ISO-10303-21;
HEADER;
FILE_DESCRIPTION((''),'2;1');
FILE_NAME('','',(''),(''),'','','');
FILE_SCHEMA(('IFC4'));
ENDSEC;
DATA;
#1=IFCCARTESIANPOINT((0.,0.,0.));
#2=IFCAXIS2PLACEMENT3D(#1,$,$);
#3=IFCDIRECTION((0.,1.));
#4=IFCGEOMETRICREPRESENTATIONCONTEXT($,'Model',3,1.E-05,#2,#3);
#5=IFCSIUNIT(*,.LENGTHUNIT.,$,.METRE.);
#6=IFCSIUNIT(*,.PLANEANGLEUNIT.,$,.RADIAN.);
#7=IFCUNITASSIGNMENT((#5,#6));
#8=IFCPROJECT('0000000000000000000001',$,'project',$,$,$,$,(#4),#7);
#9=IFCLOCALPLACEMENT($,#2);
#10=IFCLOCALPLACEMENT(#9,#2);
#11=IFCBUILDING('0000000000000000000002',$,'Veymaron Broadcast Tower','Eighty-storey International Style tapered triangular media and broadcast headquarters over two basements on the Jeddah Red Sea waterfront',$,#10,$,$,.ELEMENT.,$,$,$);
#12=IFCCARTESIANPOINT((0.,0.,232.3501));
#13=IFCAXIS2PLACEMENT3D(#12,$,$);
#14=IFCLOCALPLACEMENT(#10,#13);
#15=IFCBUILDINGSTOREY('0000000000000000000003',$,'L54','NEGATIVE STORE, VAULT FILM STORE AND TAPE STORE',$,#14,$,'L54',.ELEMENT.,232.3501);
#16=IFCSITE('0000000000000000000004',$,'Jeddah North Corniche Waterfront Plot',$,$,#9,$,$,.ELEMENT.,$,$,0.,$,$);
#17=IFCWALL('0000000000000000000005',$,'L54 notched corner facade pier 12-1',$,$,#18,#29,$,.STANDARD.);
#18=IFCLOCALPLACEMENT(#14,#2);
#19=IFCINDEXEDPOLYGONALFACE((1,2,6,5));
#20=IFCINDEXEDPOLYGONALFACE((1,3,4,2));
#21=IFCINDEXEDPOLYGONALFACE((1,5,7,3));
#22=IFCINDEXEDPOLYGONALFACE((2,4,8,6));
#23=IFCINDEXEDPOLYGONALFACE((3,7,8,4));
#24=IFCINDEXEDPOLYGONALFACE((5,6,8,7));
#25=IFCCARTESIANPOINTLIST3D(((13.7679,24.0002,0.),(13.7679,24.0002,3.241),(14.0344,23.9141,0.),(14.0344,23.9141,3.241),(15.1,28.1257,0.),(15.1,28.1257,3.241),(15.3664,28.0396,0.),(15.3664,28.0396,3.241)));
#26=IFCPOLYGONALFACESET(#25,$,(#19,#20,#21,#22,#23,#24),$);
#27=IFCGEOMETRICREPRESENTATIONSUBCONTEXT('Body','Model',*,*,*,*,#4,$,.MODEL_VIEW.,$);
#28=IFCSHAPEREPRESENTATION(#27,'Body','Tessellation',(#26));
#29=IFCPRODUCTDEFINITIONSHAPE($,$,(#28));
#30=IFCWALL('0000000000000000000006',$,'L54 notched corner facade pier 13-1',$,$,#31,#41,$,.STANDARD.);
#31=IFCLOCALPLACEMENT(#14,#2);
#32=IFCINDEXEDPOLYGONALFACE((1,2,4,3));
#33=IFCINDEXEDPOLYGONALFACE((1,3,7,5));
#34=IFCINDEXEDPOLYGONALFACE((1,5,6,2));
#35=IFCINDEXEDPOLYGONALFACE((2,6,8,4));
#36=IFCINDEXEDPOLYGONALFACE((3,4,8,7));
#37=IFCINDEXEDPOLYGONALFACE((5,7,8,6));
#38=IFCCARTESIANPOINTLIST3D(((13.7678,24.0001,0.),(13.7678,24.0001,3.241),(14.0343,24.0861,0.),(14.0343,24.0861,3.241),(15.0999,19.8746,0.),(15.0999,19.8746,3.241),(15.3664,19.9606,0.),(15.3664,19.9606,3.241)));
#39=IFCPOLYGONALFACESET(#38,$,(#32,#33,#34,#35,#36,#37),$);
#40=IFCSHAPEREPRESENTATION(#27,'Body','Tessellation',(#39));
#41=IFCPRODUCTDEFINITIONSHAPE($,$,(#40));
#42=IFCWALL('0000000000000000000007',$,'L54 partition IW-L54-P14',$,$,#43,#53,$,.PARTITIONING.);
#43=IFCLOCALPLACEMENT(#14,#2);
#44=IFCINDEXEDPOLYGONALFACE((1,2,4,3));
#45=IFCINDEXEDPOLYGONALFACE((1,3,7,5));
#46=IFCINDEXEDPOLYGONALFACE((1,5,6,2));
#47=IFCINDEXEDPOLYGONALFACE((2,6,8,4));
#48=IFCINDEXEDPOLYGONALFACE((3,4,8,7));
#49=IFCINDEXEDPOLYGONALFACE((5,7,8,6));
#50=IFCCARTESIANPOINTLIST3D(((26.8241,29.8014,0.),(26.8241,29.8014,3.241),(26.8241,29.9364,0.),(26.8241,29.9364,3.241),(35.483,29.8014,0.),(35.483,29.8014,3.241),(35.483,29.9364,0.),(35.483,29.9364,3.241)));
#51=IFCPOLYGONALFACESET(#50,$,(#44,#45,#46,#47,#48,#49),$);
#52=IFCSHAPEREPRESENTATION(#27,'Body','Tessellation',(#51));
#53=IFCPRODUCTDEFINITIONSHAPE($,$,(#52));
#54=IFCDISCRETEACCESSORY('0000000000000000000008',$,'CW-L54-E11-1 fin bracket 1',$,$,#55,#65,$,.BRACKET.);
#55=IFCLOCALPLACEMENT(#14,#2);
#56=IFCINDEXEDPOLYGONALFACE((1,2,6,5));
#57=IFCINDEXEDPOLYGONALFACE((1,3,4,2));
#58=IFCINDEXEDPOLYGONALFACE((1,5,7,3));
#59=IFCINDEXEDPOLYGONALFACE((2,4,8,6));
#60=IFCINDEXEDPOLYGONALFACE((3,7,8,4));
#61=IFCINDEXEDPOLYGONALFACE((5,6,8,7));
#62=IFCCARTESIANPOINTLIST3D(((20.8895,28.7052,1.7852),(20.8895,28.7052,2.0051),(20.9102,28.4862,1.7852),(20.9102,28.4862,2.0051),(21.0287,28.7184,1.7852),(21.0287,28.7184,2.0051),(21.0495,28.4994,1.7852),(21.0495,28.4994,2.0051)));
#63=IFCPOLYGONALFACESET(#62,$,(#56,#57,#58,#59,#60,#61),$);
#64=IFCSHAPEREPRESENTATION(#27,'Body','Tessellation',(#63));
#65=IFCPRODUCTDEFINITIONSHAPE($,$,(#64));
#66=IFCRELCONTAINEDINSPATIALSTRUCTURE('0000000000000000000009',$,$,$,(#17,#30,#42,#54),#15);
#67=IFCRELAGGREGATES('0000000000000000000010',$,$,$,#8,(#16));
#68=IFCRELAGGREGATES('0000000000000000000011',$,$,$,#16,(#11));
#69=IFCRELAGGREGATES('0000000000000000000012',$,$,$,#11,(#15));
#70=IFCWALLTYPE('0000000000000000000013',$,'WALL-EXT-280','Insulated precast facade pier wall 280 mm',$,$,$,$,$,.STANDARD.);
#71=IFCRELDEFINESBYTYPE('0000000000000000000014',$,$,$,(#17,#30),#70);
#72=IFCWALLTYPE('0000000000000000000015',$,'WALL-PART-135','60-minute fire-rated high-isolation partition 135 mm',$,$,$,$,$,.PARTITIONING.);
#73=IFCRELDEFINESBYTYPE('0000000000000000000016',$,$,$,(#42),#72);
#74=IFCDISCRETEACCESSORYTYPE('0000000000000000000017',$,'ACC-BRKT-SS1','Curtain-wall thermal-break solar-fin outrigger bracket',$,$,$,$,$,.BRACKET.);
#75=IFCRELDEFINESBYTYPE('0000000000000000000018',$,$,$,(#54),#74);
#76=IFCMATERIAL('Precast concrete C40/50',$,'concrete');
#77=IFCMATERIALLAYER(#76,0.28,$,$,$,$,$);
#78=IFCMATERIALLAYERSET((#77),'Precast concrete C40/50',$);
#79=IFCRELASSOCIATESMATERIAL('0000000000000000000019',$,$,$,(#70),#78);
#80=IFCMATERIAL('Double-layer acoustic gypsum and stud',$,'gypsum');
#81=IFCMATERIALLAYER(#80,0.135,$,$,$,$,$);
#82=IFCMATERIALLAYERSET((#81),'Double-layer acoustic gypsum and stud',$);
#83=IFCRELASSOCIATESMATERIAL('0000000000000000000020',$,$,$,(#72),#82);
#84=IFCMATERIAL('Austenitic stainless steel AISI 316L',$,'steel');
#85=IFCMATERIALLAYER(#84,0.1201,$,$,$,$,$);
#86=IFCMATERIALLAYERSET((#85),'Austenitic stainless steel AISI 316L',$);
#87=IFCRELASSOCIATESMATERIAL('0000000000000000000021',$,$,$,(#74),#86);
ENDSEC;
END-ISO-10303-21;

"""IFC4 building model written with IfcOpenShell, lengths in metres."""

from ifc_helpers import new_model, si_unit, direction, frame, frame_2d, origin, origin_2d, place, context, subcontext, project, spatial, rectangle, extrude, material, layer, layer_set, type_object, element, save


model = new_model("IFC4")

# Units and contexts
model_context = context("Model", 3, precision=1e-05, world=origin(), true_north=direction((0.0, 1.0)))
body_context = subcontext(model_context, "Body", "Model", "MODEL_VIEW")
ifc_project = project(units=[si_unit("LENGTHUNIT", "METRE"), si_unit("PLANEANGLEUNIT", "RADIAN")], contexts=[model_context])

# Site, building, storey
site_placement = place(None, origin())
site = spatial("IfcSite", under=ifc_project, at=site_placement, Name="Jeddah North Corniche Waterfront Plot", CompositionType="ELEMENT", RefElevation=0.0)
building_placement = place(site_placement, origin())
building = spatial("IfcBuilding", under=site, at=building_placement, Name="Veymaron Broadcast Tower", Description="Eighty-storey International Style tapered triangular media and broadcast headquarters over two basements on the Jeddah Red Sea waterfront", CompositionType="ELEMENT")
storey_placement = place(building_placement, frame((0.0, 0.0, 232.3501)))
storey = spatial("IfcBuildingStorey", under=building, at=storey_placement, Name="L54", Description="NEGATIVE STORE, VAULT FILM STORE AND TAPE STORE", LongName="L54", CompositionType="ELEMENT", Elevation=232.3501)

# Walls
ifc_material_1 = material(Name="Precast concrete C40/50", Category="concrete")
ifc_layer_1 = layer(ifc_material_1, 0.28)
ifc_layer_set_1 = layer_set([ifc_layer_1], Name="Precast concrete C40/50")
wall_type_1 = type_object("IfcWallType", Name="WALL-EXT-280", Description="Insulated precast facade pier wall 280 mm", PredefinedType="STANDARD", material=ifc_layer_set_1)
for number, where, z_axis, x_axis, name in (
    (1, (15.2332, 28.0825, 0.0), (0.0, 0.0, 1.0), (-0.307259, -0.951626, 0.0), "L54 notched corner facade pier 12-1"),
    (2, (13.9011, 24.043, 0.0), (0.0, 0.0, 1.0), (0.307259, -0.951626, 0.0), "L54 notched corner facade pier 13-1"),
):
    element("IfcWall", number, at=place(storey_placement, frame(where, z_axis=z_axis, x_axis=x_axis)), inside=storey, type_object=wall_type_1, Name=name, PredefinedType="STANDARD", context=body_context, shape_type="SweptSolid", body=[
        extrude(rectangle(XDim=4.3352, YDim=0.28, at=frame_2d((2.1675, 0.0))), origin(), (0.0, 0.0, 1.0), 3.241),
    ])
ifc_material_2 = material(Name="Double-layer acoustic gypsum and stud", Category="gypsum")
ifc_layer_2 = layer(ifc_material_2, 0.135)
ifc_layer_set_2 = layer_set([ifc_layer_2], Name="Double-layer acoustic gypsum and stud")
wall_type_2 = type_object("IfcWallType", Name="WALL-PART-135", Description="60-minute fire-rated high-isolation partition 135 mm", PredefinedType="PARTITIONING", material=ifc_layer_set_2)
wall_placement = place(storey_placement, frame((26.824, 29.8689, 0.0), z_axis=(0.0, 0.0, 1.0), x_axis=(1.0, 0.0, 0.0)))
element("IfcWall", 3, at=wall_placement, inside=storey, type_object=wall_type_2, Name="L54 partition IW-L54-P14", PredefinedType="PARTITIONING", context=body_context, shape_type="SweptSolid", body=[
    extrude(rectangle(XDim=8.6589, YDim=0.135, at=frame_2d((4.3296, 0.0))), origin(), (0.0, 0.0, 1.0), 3.241),
])

# Discrete accessory
ifc_material_3 = material(Name="Austenitic stainless steel AISI 316L", Category="steel")
ifc_layer_3 = layer(ifc_material_3, 0.1201)
ifc_layer_set_3 = layer_set([ifc_layer_3], Name="Austenitic stainless steel AISI 316L")
discrete_accessory_type = type_object("IfcDiscreteAccessoryType", Name="ACC-BRKT-SS1", Description="Curtain-wall thermal-break solar-fin outrigger bracket", PredefinedType="BRACKET", material=ifc_layer_set_3)
discrete_accessory_placement = place(storey_placement, frame((20.9695, 28.6023, 1.7852), z_axis=(0.0, 0.0, 1.0), x_axis=(-0.094508, 0.995524, 0.0)))
element("IfcDiscreteAccessory", 4, at=discrete_accessory_placement, inside=storey, type_object=discrete_accessory_type, Name="CW-L54-E11-1 fin bracket 1", PredefinedType="BRACKET", context=body_context, shape_type="SweptSolid", body=[
    extrude(rectangle(XDim=0.22, YDim=0.1399, at=origin_2d()), origin(), (0.0, 0.0, 1.0), 0.22),
])

save(model, "model.ifc")
